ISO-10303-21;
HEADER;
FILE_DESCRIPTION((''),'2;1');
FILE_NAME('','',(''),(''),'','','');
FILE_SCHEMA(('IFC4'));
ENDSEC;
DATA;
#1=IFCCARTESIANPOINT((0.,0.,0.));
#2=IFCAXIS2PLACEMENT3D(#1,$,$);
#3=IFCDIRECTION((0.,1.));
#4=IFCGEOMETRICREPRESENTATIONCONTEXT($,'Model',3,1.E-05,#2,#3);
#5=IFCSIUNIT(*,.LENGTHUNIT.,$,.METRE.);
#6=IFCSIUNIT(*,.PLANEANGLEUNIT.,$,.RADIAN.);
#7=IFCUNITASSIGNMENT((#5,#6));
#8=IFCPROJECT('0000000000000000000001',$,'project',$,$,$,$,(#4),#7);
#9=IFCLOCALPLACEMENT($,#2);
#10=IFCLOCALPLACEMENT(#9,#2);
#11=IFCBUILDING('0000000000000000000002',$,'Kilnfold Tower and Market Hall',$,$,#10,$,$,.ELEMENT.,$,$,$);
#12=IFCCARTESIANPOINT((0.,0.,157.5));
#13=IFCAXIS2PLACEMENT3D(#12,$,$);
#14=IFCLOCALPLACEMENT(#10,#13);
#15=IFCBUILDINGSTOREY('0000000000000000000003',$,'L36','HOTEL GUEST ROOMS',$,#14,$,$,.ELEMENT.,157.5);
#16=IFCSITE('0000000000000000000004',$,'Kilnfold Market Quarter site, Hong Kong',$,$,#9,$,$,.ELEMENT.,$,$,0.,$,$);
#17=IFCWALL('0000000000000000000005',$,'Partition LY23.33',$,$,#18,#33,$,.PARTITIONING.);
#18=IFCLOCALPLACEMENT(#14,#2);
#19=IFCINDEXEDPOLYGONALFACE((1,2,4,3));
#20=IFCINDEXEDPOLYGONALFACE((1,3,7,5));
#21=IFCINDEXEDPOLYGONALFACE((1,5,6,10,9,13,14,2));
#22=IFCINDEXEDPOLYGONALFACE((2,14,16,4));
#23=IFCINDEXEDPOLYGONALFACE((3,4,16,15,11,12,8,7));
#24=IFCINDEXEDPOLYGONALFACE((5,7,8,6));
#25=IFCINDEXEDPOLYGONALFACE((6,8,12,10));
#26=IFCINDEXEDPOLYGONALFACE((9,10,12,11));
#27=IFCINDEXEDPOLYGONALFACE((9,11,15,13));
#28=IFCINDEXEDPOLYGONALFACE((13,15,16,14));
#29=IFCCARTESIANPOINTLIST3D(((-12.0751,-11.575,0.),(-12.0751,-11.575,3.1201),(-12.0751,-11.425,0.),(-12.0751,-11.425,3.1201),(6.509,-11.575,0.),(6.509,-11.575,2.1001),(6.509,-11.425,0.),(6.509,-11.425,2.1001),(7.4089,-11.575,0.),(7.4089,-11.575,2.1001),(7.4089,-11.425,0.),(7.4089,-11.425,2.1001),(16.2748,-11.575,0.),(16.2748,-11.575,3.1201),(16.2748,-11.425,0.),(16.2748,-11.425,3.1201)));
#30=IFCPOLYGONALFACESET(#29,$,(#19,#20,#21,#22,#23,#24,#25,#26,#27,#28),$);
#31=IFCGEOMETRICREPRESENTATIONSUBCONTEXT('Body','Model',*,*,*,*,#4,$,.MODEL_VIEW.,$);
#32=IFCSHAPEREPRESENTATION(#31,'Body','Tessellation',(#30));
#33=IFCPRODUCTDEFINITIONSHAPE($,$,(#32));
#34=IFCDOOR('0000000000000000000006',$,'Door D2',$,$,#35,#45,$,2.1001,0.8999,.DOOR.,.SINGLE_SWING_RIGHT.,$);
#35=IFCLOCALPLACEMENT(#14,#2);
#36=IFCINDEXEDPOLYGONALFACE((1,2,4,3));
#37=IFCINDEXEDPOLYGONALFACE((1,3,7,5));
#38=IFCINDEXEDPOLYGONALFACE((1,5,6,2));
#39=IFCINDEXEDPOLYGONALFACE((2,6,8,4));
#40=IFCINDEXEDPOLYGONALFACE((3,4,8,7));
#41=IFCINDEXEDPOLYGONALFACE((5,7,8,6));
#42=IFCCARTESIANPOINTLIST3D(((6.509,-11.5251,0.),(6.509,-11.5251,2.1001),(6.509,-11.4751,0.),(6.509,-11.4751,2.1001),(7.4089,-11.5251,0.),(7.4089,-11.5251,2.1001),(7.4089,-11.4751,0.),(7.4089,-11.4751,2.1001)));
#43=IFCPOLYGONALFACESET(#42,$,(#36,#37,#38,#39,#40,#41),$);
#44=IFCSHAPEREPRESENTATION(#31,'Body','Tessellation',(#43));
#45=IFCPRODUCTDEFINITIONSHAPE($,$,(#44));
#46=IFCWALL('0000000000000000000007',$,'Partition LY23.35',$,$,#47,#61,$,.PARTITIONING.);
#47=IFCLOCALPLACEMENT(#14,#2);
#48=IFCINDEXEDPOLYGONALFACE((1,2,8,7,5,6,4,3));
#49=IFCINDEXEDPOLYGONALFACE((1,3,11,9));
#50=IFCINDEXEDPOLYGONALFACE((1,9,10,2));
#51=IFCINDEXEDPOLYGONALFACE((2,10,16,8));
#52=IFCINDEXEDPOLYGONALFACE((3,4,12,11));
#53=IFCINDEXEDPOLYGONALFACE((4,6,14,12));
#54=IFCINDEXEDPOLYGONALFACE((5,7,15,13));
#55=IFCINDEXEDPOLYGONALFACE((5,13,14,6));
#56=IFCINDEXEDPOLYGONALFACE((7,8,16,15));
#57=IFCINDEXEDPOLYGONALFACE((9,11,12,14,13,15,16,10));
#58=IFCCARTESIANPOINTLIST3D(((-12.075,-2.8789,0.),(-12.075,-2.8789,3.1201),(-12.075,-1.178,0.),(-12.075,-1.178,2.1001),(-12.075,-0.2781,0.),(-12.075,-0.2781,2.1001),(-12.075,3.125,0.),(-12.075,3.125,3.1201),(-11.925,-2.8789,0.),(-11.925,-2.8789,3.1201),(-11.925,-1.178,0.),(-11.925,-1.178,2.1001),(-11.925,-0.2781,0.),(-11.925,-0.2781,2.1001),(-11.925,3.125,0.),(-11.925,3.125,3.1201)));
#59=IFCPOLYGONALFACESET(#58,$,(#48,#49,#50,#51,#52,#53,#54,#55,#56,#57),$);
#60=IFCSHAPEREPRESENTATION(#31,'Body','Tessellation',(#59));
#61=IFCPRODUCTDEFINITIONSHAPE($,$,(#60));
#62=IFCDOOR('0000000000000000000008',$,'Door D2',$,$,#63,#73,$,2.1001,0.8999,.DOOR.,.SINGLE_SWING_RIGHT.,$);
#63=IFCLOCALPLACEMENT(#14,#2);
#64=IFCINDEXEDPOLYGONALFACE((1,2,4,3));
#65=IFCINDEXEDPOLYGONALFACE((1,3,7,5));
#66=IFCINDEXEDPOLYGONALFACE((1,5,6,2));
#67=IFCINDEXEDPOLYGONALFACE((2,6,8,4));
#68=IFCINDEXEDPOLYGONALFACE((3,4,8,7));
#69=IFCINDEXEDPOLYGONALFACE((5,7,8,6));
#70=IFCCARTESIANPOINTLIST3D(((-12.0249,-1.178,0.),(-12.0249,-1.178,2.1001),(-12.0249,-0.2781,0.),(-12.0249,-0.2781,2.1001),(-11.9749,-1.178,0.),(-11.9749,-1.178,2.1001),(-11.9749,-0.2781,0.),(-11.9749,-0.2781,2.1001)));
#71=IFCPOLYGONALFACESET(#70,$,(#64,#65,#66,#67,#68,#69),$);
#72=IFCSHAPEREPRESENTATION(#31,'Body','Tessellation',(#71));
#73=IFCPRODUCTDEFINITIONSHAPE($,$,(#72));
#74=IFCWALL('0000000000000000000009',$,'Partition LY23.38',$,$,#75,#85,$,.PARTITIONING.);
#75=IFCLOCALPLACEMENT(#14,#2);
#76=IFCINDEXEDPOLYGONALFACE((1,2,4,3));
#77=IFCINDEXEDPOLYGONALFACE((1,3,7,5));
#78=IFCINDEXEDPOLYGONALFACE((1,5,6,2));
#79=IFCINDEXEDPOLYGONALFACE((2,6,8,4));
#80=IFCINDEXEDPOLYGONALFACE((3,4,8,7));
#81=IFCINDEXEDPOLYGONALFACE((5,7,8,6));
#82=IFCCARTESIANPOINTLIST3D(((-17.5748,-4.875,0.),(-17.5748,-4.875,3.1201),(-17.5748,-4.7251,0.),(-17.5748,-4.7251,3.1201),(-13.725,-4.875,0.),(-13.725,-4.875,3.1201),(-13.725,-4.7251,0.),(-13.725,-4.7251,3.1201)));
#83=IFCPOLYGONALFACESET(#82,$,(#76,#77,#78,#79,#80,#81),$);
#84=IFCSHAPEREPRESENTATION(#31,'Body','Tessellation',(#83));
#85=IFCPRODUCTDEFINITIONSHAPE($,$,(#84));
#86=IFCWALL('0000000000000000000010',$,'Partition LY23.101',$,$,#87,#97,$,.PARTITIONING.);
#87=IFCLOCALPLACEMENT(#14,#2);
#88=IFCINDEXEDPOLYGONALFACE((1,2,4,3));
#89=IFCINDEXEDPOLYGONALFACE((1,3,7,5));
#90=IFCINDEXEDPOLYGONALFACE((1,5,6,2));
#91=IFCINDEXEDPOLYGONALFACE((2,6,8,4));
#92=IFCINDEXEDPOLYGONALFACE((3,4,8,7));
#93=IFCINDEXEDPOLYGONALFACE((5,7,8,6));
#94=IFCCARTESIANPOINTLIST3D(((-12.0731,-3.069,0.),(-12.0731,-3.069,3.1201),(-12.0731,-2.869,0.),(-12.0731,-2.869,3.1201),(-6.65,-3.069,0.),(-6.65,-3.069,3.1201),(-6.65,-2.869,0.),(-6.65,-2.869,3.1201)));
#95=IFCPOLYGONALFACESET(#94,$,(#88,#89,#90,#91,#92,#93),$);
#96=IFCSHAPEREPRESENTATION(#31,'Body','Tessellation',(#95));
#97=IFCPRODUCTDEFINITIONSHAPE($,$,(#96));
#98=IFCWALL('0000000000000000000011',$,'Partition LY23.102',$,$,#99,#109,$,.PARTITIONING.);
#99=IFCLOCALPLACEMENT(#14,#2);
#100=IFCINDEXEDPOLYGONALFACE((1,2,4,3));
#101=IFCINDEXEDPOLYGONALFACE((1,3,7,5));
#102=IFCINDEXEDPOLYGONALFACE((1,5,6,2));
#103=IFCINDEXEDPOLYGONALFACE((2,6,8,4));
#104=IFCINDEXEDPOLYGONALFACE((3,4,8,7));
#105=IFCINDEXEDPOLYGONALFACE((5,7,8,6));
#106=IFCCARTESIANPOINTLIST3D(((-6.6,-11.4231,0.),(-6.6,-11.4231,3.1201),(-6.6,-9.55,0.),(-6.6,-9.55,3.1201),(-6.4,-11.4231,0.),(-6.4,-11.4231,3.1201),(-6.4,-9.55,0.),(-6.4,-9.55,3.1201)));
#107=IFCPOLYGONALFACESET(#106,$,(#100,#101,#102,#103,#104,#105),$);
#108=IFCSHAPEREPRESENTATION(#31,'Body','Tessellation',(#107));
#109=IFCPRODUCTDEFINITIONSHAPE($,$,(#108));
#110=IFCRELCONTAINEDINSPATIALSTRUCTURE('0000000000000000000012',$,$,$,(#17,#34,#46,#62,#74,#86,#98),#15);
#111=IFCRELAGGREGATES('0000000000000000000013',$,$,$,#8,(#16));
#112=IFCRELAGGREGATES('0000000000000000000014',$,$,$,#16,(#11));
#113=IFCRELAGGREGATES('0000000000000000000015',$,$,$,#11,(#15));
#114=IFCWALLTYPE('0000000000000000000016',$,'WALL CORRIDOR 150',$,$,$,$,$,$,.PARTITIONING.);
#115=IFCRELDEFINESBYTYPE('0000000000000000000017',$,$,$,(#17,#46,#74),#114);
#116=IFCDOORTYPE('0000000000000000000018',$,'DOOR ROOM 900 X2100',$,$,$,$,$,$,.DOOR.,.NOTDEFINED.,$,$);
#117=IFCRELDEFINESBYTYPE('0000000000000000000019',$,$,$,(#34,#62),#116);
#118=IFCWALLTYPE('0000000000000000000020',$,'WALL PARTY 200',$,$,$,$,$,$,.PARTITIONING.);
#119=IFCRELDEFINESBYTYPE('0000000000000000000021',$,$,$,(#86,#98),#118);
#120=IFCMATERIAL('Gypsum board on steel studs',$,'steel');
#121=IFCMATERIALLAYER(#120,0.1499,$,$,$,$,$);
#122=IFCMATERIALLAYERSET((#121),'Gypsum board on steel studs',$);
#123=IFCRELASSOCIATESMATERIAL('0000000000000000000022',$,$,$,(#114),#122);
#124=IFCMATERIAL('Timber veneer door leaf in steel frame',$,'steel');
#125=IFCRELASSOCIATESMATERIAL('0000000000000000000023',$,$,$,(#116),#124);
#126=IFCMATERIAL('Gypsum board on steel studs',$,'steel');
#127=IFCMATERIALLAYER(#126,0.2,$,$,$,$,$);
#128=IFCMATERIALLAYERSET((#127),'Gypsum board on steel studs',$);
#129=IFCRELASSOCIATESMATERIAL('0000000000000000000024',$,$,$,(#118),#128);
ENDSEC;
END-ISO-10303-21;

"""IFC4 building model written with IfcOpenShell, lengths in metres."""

from ifc_helpers import new_model, si_unit, direction, frame, frame_2d, origin, place, context, subcontext, project, spatial, rectangle, extrude, material, layer, layer_set, type_object, element, fill, save


model = new_model("IFC4")

# Units and contexts
model_context = context("Model", 3, precision=1e-05, world=origin(), true_north=direction((0.0, 1.0)))
body_context = subcontext(model_context, "Body", "Model", "MODEL_VIEW")
ifc_project = project(units=[si_unit("LENGTHUNIT", "METRE"), si_unit("PLANEANGLEUNIT", "RADIAN")], contexts=[model_context])

# Site, building, storey
site_placement = place(None, origin())
site = spatial("IfcSite", under=ifc_project, at=site_placement, Name="Kilnfold Market Quarter site, Hong Kong", CompositionType="ELEMENT", RefElevation=0.0)
building_placement = place(site_placement, origin())
building = spatial("IfcBuilding", under=site, at=building_placement, Name="Kilnfold Tower and Market Hall", CompositionType="ELEMENT")
storey_placement = place(building_placement, frame((0.0, 0.0, 157.5)))
storey = spatial("IfcBuildingStorey", under=building, at=storey_placement, Name="L36", Description="HOTEL GUEST ROOMS", CompositionType="ELEMENT", Elevation=157.5)

# Walls, openings, doors
ifc_material_1 = material(Name="Gypsum board on steel studs", Category="steel")
ifc_layer_1 = layer(ifc_material_1, 0.1499)
ifc_layer_set_1 = layer_set([ifc_layer_1], Name="Gypsum board on steel studs")
wall_type_1 = type_object("IfcWallType", Name="WALL CORRIDOR 150", PredefinedType="PARTITIONING", material=ifc_layer_set_1)
ifc_material_2 = material(Name="Timber veneer door leaf in steel frame", Category="steel")
door_type = type_object("IfcDoorType", Name="DOOR ROOM 900 X2100", OperationType="NOTDEFINED", PredefinedType="DOOR", material=ifc_material_2)
wall_1_placement = place(storey_placement, frame((-12.075, -11.5, 0.0), z_axis=(0.0, 0.0, 1.0), x_axis=(1.0, 0.0, 0.0)))
wall_1 = element("IfcWall", 1, at=wall_1_placement, inside=storey, type_object=wall_type_1, Name="Partition LY23.33", PredefinedType="PARTITIONING", context=body_context, shape_type="SweptSolid", body=[
    extrude(rectangle(XDim=28.3499, YDim=0.1499, at=frame_2d((14.1748, 0.0))), origin(), (0.0, 0.0, 1.0), 3.1201),
])
opening_1_placement = place(wall_1_placement, frame((18.584, 0.0, 0.0)))
opening_1 = element("IfcOpeningElement", 2, at=opening_1_placement, cuts=wall_1, PredefinedType="OPENING", context=body_context, shape_type="SweptSolid", body=[
    extrude(rectangle(XDim=0.8999, YDim=2.1001, at=frame_2d((0.45, 1.05))), frame((0.0, 0.085, 0.0), z_axis=(0.0, -1.0, 0.0), x_axis=(1.0, 0.0, 0.0)), (0.0, 0.0, 1.0), 0.1699),
])
door_1_placement = place(opening_1_placement, origin())
door_1 = element("IfcDoor", 3, at=door_1_placement, inside=storey, type_object=door_type, Name="Door D2", OperationType="SINGLE_SWING_RIGHT", OverallHeight=2.1001, OverallWidth=0.8999, PredefinedType="DOOR", context=body_context, shape_type="SweptSolid", body=[
    extrude(rectangle(XDim=0.8999, YDim=2.1001, at=frame_2d((0.45, 1.05))), frame((0.0, 0.0249, 0.0), z_axis=(0.0, -1.0, 0.0), x_axis=(1.0, 0.0, 0.0)), (0.0, 0.0, 1.0), 0.05),
])
fill(opening_1, door_1)
wall_2_placement = place(storey_placement, frame((-12.0, -2.8789, 0.0), z_axis=(0.0, 0.0, 1.0), x_axis=(0.0, 1.0, 0.0)))
wall_2 = element("IfcWall", 4, at=wall_2_placement, inside=storey, type_object=wall_type_1, Name="Partition LY23.35", PredefinedType="PARTITIONING", context=body_context, shape_type="SweptSolid", body=[
    extrude(rectangle(XDim=6.0039, YDim=0.1499, at=frame_2d((3.002, 0.0))), origin(), (0.0, 0.0, 1.0), 3.1201),
])
opening_2_placement = place(wall_2_placement, frame((1.7009, 0.0, 0.0)))
opening_2 = element("IfcOpeningElement", 5, at=opening_2_placement, cuts=wall_2, PredefinedType="OPENING", context=body_context, shape_type="SweptSolid", body=[
    extrude(rectangle(XDim=0.8999, YDim=2.1001, at=frame_2d((0.45, 1.05))), frame((0.0, 0.085, 0.0), z_axis=(0.0, -1.0, 0.0), x_axis=(1.0, 0.0, 0.0)), (0.0, 0.0, 1.0), 0.1699),
])
door_2_placement = place(opening_2_placement, origin())
door_2 = element("IfcDoor", 6, at=door_2_placement, inside=storey, type_object=door_type, Name="Door D2", OperationType="SINGLE_SWING_RIGHT", OverallHeight=2.1001, OverallWidth=0.8999, PredefinedType="DOOR", context=body_context, shape_type="SweptSolid", body=[
    extrude(rectangle(XDim=0.8999, YDim=2.1001, at=frame_2d((0.45, 1.05))), frame((0.0, 0.0249, 0.0), z_axis=(0.0, -1.0, 0.0), x_axis=(1.0, 0.0, 0.0)), (0.0, 0.0, 1.0), 0.05),
])
fill(opening_2, door_2)

# Walls
wall_3_placement = place(storey_placement, frame((-13.7251, -4.8, 0.0), z_axis=(0.0, 0.0, 1.0), x_axis=(-1.0, 0.0, 0.0)))
element("IfcWall", 7, at=wall_3_placement, inside=storey, type_object=wall_type_1, Name="Partition LY23.38", PredefinedType="PARTITIONING", context=body_context, shape_type="SweptSolid", body=[
    extrude(rectangle(XDim=3.8499, YDim=0.1499, at=frame_2d((1.9248, 0.0))), origin(), (0.0, 0.0, 1.0), 3.1201),
])
ifc_material_3 = material(Name="Gypsum board on steel studs", Category="steel")
ifc_layer_2 = layer(ifc_material_3, 0.2)
ifc_layer_set_2 = layer_set([ifc_layer_2], Name="Gypsum board on steel studs")
wall_type_2 = type_object("IfcWallType", Name="WALL PARTY 200", PredefinedType="PARTITIONING", material=ifc_layer_set_2)
wall_4_placement = place(storey_placement, frame((-12.073, -2.969, 0.0), z_axis=(0.0, 0.0, 1.0), x_axis=(1.0, 0.0, 0.0)))
element("IfcWall", 8, at=wall_4_placement, inside=storey, type_object=wall_type_2, Name="Partition LY23.101", PredefinedType="PARTITIONING", context=body_context, shape_type="SweptSolid", body=[
    extrude(rectangle(XDim=5.4231, YDim=0.2, at=frame_2d((2.7114, 0.0))), origin(), (0.0, 0.0, 1.0), 3.1201),
])
wall_5_placement = place(storey_placement, frame((-6.5, -11.4231, 0.0), z_axis=(0.0, 0.0, 1.0), x_axis=(0.0, 1.0, 0.0)))
element("IfcWall", 9, at=wall_5_placement, inside=storey, type_object=wall_type_2, Name="Partition LY23.102", PredefinedType="PARTITIONING", context=body_context, shape_type="SweptSolid", body=[
    extrude(rectangle(XDim=1.873, YDim=0.2, at=frame_2d((0.9365, 0.0))), origin(), (0.0, 0.0, 1.0), 3.1201),
])

save(model, "model.ifc")
